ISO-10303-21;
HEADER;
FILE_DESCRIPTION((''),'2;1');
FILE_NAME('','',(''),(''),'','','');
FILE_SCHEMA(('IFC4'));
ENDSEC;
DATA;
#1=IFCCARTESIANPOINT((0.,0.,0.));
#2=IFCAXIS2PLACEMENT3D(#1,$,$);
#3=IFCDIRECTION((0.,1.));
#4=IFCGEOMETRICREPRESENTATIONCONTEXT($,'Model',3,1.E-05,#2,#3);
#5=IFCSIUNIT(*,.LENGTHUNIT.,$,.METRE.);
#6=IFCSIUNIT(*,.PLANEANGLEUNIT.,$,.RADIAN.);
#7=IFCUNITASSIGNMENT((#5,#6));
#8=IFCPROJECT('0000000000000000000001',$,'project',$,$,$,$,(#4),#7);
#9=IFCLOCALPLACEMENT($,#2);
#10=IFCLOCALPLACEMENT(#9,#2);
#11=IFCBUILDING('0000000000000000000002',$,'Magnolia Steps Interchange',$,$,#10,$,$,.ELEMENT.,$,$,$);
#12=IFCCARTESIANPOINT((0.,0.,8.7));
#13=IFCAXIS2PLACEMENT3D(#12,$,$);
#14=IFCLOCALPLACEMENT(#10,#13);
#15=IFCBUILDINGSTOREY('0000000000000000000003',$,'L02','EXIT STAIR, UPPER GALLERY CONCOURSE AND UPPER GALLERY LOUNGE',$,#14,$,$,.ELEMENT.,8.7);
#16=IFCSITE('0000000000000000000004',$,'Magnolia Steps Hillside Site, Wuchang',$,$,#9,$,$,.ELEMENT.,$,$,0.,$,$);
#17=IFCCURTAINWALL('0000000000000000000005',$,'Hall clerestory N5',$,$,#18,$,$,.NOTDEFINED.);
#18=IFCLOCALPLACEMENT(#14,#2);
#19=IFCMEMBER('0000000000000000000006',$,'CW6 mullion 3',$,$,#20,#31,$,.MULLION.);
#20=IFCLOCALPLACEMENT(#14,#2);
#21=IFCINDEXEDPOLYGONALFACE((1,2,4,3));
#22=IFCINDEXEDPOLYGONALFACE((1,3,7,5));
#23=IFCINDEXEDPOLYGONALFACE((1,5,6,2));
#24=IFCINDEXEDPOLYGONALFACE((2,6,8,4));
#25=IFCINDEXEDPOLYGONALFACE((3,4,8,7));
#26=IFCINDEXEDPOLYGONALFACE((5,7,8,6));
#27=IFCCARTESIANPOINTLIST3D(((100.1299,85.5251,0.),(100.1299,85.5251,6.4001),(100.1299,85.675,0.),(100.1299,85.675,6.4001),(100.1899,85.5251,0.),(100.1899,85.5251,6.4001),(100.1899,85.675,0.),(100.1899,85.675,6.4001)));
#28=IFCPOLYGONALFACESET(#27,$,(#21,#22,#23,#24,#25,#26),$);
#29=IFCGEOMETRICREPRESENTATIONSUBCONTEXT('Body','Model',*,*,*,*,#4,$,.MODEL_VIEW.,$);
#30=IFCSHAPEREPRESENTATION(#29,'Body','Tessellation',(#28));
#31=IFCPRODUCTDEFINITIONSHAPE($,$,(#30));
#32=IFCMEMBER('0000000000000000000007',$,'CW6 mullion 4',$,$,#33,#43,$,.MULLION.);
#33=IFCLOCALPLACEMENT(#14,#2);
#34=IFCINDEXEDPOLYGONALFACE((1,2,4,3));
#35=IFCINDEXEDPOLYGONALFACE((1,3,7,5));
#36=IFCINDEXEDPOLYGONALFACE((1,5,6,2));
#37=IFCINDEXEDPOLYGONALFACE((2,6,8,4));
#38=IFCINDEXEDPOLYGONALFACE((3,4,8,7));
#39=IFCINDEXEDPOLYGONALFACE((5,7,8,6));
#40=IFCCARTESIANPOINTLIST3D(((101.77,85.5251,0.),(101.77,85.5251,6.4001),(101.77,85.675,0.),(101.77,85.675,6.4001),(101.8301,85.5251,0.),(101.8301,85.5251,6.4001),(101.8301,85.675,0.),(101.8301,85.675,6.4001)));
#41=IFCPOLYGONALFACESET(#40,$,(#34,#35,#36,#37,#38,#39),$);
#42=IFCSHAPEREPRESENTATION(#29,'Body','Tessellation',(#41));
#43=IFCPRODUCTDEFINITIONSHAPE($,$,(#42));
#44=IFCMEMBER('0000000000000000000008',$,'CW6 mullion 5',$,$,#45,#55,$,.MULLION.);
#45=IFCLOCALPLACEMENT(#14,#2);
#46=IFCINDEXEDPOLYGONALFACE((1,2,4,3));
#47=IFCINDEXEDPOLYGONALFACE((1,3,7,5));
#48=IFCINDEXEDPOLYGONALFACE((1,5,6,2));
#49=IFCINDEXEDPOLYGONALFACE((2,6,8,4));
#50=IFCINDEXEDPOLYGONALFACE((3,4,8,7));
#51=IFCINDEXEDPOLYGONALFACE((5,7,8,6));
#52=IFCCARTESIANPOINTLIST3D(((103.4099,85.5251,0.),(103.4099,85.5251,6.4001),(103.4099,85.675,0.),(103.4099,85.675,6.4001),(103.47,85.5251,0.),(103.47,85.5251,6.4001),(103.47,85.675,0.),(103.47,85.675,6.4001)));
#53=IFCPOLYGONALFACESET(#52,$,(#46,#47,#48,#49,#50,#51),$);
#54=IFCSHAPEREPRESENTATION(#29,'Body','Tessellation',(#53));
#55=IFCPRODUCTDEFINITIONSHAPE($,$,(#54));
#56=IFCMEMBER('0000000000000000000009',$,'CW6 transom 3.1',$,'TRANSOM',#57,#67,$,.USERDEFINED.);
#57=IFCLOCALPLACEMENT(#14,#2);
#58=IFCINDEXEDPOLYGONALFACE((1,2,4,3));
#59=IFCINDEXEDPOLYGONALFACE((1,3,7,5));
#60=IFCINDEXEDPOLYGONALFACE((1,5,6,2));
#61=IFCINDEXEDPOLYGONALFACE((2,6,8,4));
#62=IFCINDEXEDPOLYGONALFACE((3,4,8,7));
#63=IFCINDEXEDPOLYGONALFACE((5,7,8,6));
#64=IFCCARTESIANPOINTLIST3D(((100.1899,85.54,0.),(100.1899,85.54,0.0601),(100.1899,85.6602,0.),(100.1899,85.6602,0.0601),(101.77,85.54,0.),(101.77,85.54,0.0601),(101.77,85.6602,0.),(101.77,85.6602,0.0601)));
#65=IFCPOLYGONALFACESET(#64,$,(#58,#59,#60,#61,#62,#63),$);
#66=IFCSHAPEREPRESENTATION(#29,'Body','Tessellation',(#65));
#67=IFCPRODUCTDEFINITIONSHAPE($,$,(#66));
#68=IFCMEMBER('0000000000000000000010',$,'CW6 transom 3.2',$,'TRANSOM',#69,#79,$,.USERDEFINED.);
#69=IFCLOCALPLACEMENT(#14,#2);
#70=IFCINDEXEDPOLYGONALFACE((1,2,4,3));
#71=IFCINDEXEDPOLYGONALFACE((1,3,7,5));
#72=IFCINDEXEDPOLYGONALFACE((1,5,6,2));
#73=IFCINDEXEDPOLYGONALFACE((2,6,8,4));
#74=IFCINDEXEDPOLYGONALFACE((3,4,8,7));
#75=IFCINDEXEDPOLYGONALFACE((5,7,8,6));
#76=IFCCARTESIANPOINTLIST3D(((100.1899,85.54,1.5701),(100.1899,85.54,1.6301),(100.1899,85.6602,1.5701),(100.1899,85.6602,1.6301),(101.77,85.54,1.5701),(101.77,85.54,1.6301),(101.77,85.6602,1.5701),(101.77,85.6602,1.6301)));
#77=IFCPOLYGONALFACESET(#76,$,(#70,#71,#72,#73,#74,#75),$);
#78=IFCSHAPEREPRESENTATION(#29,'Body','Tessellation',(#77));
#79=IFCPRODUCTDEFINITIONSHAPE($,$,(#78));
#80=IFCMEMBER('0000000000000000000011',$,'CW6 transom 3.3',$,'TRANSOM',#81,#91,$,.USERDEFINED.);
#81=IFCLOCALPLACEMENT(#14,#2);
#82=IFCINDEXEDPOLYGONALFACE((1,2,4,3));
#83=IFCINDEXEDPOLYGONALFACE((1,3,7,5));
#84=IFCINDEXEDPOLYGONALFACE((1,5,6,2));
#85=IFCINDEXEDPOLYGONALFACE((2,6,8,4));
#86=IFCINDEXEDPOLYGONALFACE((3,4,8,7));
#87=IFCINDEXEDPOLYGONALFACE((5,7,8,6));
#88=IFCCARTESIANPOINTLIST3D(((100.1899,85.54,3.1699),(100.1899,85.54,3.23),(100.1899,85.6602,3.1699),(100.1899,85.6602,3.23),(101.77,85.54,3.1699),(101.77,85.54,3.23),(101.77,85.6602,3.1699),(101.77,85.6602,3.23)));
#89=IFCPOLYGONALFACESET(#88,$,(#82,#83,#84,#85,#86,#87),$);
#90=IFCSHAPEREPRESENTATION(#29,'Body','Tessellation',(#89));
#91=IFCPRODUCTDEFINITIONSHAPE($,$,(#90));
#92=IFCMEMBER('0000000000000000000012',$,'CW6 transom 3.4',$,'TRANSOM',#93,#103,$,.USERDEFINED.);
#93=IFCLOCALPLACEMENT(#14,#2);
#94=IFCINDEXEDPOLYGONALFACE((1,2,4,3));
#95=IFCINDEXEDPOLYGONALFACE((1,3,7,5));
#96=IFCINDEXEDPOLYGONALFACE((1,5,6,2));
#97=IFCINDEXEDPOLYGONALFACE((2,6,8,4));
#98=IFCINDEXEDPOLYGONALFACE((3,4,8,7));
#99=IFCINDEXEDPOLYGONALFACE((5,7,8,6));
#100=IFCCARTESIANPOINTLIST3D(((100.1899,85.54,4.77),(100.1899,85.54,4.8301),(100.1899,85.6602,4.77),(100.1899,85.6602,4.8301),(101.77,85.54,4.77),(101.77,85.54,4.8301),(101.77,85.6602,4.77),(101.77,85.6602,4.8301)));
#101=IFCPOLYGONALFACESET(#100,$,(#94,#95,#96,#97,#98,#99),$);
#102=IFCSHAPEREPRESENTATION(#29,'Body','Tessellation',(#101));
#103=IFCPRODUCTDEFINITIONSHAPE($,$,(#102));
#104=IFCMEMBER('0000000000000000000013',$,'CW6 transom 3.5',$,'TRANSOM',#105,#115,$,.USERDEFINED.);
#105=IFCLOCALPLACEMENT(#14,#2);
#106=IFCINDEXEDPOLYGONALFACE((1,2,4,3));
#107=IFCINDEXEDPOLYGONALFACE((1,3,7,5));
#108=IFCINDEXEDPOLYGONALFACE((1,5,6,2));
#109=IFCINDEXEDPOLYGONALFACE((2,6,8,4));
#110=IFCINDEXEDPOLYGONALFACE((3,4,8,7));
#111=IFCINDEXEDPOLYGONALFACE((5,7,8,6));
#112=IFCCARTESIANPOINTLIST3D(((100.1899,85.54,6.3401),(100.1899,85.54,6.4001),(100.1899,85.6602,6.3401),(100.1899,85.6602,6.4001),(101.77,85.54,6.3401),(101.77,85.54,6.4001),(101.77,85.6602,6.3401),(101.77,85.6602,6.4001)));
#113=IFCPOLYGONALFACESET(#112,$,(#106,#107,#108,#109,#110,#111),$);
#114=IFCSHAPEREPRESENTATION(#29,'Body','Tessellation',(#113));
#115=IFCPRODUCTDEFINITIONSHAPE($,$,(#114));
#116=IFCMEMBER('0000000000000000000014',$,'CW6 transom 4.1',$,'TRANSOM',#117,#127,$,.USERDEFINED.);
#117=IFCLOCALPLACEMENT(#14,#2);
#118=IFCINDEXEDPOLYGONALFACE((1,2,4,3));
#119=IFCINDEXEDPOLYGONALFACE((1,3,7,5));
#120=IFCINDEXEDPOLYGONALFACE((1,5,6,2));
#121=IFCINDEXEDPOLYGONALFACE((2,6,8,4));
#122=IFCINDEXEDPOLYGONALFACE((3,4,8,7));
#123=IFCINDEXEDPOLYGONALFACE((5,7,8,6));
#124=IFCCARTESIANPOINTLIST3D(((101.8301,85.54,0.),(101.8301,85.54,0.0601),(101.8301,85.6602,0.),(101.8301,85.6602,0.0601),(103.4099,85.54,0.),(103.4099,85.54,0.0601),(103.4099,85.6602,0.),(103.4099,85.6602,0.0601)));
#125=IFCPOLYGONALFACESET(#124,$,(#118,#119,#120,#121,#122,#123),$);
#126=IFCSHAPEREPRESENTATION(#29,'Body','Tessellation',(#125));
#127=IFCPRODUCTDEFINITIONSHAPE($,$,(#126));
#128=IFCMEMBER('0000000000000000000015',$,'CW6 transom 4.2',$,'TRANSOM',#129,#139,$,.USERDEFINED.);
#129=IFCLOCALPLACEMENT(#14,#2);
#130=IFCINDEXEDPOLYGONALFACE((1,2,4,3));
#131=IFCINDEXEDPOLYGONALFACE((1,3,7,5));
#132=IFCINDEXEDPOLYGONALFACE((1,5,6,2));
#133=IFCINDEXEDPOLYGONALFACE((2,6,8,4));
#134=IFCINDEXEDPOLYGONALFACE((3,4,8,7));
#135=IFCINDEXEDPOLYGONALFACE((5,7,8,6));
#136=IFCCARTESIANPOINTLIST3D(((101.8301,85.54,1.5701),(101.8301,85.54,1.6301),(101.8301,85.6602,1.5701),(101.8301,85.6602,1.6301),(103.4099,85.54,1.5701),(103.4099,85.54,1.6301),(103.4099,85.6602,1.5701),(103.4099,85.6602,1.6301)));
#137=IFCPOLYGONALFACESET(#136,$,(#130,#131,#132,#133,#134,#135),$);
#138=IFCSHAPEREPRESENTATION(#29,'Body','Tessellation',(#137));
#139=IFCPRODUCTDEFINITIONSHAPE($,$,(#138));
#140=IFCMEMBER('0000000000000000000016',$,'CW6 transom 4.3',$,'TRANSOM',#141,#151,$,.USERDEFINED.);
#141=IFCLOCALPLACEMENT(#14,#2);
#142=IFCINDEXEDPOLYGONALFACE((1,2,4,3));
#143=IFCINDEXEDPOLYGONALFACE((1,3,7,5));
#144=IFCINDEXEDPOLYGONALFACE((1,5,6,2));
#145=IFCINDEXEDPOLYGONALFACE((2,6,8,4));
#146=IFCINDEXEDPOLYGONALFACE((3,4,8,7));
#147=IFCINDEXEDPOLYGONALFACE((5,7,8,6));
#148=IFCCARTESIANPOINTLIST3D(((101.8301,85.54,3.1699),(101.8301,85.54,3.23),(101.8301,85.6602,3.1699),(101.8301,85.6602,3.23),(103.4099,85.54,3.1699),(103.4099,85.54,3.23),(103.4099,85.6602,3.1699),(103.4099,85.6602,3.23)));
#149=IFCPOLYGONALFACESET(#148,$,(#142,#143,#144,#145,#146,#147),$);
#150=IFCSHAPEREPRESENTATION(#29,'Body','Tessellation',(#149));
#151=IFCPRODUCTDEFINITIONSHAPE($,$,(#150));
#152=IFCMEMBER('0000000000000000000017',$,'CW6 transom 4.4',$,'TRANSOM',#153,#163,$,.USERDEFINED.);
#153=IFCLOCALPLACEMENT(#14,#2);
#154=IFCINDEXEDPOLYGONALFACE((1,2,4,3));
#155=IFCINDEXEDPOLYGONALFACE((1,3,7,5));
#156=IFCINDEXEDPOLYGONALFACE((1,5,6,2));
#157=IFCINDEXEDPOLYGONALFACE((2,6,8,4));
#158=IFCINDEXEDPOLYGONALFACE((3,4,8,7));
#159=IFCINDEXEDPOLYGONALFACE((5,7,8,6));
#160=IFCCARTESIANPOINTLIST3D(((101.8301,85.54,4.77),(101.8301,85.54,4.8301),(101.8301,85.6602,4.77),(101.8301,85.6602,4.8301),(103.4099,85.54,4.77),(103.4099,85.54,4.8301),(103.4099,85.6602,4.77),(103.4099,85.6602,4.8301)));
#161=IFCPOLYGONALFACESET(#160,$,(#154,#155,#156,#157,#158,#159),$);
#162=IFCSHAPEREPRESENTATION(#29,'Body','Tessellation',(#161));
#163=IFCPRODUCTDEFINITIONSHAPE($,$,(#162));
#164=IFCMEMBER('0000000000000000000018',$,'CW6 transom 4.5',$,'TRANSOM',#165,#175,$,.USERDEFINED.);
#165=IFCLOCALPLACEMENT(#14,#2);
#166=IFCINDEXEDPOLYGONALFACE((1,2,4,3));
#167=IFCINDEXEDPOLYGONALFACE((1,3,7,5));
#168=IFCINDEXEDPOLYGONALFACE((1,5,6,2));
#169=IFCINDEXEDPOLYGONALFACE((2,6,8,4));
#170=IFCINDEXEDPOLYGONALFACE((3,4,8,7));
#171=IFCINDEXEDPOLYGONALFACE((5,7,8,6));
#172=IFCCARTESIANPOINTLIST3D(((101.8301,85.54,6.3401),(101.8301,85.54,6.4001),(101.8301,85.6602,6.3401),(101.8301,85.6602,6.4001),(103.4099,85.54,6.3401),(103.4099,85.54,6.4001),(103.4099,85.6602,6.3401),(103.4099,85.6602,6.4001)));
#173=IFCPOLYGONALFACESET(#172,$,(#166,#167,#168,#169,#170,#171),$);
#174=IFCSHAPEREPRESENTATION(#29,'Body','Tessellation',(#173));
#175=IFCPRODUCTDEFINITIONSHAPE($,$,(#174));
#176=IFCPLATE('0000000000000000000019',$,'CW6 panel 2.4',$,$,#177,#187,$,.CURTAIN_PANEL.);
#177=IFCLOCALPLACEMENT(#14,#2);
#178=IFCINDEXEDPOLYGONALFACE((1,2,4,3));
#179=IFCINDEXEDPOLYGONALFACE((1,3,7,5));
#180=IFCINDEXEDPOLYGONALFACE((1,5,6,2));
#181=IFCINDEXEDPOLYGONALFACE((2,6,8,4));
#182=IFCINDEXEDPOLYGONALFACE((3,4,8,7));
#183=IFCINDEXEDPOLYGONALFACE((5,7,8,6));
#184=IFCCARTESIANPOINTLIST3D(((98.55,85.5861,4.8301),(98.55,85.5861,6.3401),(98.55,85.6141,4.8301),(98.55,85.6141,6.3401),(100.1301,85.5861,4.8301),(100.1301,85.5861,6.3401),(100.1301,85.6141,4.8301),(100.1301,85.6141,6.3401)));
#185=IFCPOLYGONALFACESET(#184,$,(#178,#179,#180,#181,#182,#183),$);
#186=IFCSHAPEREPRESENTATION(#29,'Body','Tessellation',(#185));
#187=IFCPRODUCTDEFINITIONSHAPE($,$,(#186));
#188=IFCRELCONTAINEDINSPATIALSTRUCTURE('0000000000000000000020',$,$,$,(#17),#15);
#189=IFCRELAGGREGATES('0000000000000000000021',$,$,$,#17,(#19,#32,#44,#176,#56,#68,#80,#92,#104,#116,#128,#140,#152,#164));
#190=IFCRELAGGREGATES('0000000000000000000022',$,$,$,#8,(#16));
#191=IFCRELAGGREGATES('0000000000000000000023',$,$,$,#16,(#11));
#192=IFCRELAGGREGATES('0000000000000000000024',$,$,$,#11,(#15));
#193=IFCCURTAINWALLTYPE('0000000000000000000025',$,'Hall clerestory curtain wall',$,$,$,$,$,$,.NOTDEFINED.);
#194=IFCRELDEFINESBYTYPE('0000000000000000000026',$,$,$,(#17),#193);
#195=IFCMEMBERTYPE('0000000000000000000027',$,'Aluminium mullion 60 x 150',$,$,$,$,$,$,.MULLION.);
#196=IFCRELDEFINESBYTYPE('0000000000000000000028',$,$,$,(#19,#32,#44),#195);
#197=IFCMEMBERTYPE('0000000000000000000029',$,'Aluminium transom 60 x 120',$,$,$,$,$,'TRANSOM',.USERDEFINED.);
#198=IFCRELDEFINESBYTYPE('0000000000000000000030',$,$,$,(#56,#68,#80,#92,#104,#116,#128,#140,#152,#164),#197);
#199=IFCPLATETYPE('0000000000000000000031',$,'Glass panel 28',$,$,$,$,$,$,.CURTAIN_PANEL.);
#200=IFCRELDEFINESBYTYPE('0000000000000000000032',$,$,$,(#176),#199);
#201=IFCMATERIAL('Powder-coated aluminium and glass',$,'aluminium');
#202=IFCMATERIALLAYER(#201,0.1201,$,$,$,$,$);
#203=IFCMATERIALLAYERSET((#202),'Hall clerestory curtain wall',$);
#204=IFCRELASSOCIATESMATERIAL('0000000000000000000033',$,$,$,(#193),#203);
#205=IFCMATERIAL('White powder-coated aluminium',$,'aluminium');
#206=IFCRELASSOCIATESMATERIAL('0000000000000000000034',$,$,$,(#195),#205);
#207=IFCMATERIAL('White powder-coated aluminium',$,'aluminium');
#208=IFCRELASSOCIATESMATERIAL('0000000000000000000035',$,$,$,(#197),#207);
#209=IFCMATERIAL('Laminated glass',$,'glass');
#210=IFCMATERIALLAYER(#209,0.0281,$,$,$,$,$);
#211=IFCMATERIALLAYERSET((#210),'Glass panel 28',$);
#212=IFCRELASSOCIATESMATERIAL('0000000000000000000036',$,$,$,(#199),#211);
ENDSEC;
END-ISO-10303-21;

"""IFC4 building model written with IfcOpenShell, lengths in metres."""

from ifc_helpers import new_model, si_unit, direction, frame, origin, origin_2d, place, context, subcontext, project, spatial, rectangle, extrude, material, layer, layer_set, material_profile, profile_set, type_object, element, aggregate, save


model = new_model("IFC4")

# Units and contexts
model_context = context("Model", 3, precision=1e-05, world=origin(), true_north=direction((0.0, 1.0)))
body_context = subcontext(model_context, "Body", "Model", "MODEL_VIEW")
ifc_project = project(units=[si_unit("LENGTHUNIT", "METRE"), si_unit("PLANEANGLEUNIT", "RADIAN")], contexts=[model_context])

# Site, building, storey
site_placement = place(None, origin())
site = spatial("IfcSite", under=ifc_project, at=site_placement, Name="Magnolia Steps Hillside Site, Wuchang", CompositionType="ELEMENT", RefElevation=0.0)
building_placement = place(site_placement, origin())
building = spatial("IfcBuilding", under=site, at=building_placement, Name="Magnolia Steps Interchange", CompositionType="ELEMENT")
storey_placement = place(building_placement, frame((0.0, 0.0, 8.7)))
storey = spatial("IfcBuildingStorey", under=building, at=storey_placement, Name="L02", Description="EXIT STAIR, UPPER GALLERY CONCOURSE AND UPPER GALLERY LOUNGE", CompositionType="ELEMENT", Elevation=8.7)

# Curtain wall, members, plate
ifc_material_1 = material(Name="Powder-coated aluminium and glass", Category="aluminium")
ifc_layer_1 = layer(ifc_material_1, 0.1201)
ifc_layer_set_1 = layer_set([ifc_layer_1], Name="Hall clerestory curtain wall")
curtain_wall_type = type_object("IfcCurtainWallType", Name="Hall clerestory curtain wall", PredefinedType="NOTDEFINED", material=ifc_layer_set_1)
curtain_wall_placement = place(storey_placement, origin())
curtain_wall = element("IfcCurtainWall", 1, at=curtain_wall_placement, inside=storey, type_object=curtain_wall_type, Name="Hall clerestory N5", PredefinedType="NOTDEFINED")
ifc_material_2 = material(Name="White powder-coated aluminium", Category="aluminium")
ifc_material_profile_1 = material_profile(ifc_material_2, rectangle(XDim=0.0601, YDim=0.1499, at=origin_2d()), Name="Aluminium mullion 60 x 150")
ifc_profile_set_1 = profile_set([ifc_material_profile_1], Name="White powder-coated aluminium")
member_type_1 = type_object("IfcMemberType", Name="Aluminium mullion 60 x 150", PredefinedType="MULLION", material=ifc_profile_set_1)
member_1_placement = place(storey_placement, frame((100.1599, 85.6001, 0.0), z_axis=(0.0, 0.0, 1.0), x_axis=(1.0, 0.0, 0.0)))
member_1 = element("IfcMember", 2, at=member_1_placement, type_object=member_type_1, Name="CW6 mullion 3", PredefinedType="MULLION", context=body_context, shape_type="SweptSolid", body=[
    extrude(rectangle(XDim=0.0601, YDim=0.1499, at=origin_2d()), origin(), (0.0, 0.0, 1.0), 6.4001),
])
member_2_placement = place(storey_placement, frame((101.8, 85.6001, 0.0), z_axis=(0.0, 0.0, 1.0), x_axis=(1.0, 0.0, 0.0)))
member_2 = element("IfcMember", 3, at=member_2_placement, type_object=member_type_1, Name="CW6 mullion 4", PredefinedType="MULLION", context=body_context, shape_type="SweptSolid", body=[
    extrude(rectangle(XDim=0.0601, YDim=0.1499, at=origin_2d()), origin(), (0.0, 0.0, 1.0), 6.4001),
])
member_3_placement = place(storey_placement, frame((103.4399, 85.6001, 0.0), z_axis=(0.0, 0.0, 1.0), x_axis=(1.0, 0.0, 0.0)))
member_3 = element("IfcMember", 4, at=member_3_placement, type_object=member_type_1, Name="CW6 mullion 5", PredefinedType="MULLION", context=body_context, shape_type="SweptSolid", body=[
    extrude(rectangle(XDim=0.0601, YDim=0.1499, at=origin_2d()), origin(), (0.0, 0.0, 1.0), 6.4001),
])
ifc_material_3 = material(Name="White powder-coated aluminium", Category="aluminium")
ifc_material_profile_2 = material_profile(ifc_material_3, rectangle(XDim=0.0601, YDim=0.1201, at=origin_2d()), Name="Aluminium transom 60 x 120")
ifc_profile_set_2 = profile_set([ifc_material_profile_2], Name="White powder-coated aluminium")
member_type_2 = type_object("IfcMemberType", Name="Aluminium transom 60 x 120", ElementType="TRANSOM", PredefinedType="USERDEFINED", material=ifc_profile_set_2)
member_4_placement = place(storey_placement, frame((100.1899, 85.6001, 0.03), z_axis=(1.0, 0.0, 0.0), x_axis=(0.0, 0.0, 1.0)))
member_4 = element("IfcMember", 5, at=member_4_placement, type_object=member_type_2, Name="CW6 transom 3.1", ObjectType="TRANSOM", PredefinedType="USERDEFINED", context=body_context, shape_type="SweptSolid", body=[
    extrude(rectangle(XDim=0.0601, YDim=0.1201, at=origin_2d()), origin(), (0.0, 0.0, 1.0), 1.5801),
])
member_5_placement = place(storey_placement, frame((100.1899, 85.6001, 1.6001), z_axis=(1.0, 0.0, 0.0), x_axis=(0.0, 0.0, 1.0)))
member_5 = element("IfcMember", 6, at=member_5_placement, type_object=member_type_2, Name="CW6 transom 3.2", ObjectType="TRANSOM", PredefinedType="USERDEFINED", context=body_context, shape_type="SweptSolid", body=[
    extrude(rectangle(XDim=0.0601, YDim=0.1201, at=origin_2d()), origin(), (0.0, 0.0, 1.0), 1.5801),
])
member_6_placement = place(storey_placement, frame((100.1899, 85.6001, 3.2), z_axis=(1.0, 0.0, 0.0), x_axis=(0.0, 0.0, 1.0)))
member_6 = element("IfcMember", 7, at=member_6_placement, type_object=member_type_2, Name="CW6 transom 3.3", ObjectType="TRANSOM", PredefinedType="USERDEFINED", context=body_context, shape_type="SweptSolid", body=[
    extrude(rectangle(XDim=0.0601, YDim=0.1201, at=origin_2d()), origin(), (0.0, 0.0, 1.0), 1.5801),
])
member_7_placement = place(storey_placement, frame((100.1899, 85.6001, 4.8), z_axis=(1.0, 0.0, 0.0), x_axis=(0.0, 0.0, 1.0)))
member_7 = element("IfcMember", 8, at=member_7_placement, type_object=member_type_2, Name="CW6 transom 3.4", ObjectType="TRANSOM", PredefinedType="USERDEFINED", context=body_context, shape_type="SweptSolid", body=[
    extrude(rectangle(XDim=0.0601, YDim=0.1201, at=origin_2d()), origin(), (0.0, 0.0, 1.0), 1.5801),
])
member_8_placement = place(storey_placement, frame((100.1899, 85.6001, 6.3701), z_axis=(1.0, 0.0, 0.0), x_axis=(0.0, 0.0, 1.0)))
member_8 = element("IfcMember", 9, at=member_8_placement, type_object=member_type_2, Name="CW6 transom 3.5", ObjectType="TRANSOM", PredefinedType="USERDEFINED", context=body_context, shape_type="SweptSolid", body=[
    extrude(rectangle(XDim=0.0601, YDim=0.1201, at=origin_2d()), origin(), (0.0, 0.0, 1.0), 1.5801),
])
member_9_placement = place(storey_placement, frame((101.8301, 85.6001, 0.03), z_axis=(1.0, 0.0, 0.0), x_axis=(0.0, 0.0, 1.0)))
member_9 = element("IfcMember", 10, at=member_9_placement, type_object=member_type_2, Name="CW6 transom 4.1", ObjectType="TRANSOM", PredefinedType="USERDEFINED", context=body_context, shape_type="SweptSolid", body=[
    extrude(rectangle(XDim=0.0601, YDim=0.1201, at=origin_2d()), origin(), (0.0, 0.0, 1.0), 1.5798),
])
member_10_placement = place(storey_placement, frame((101.8301, 85.6001, 1.6001), z_axis=(1.0, 0.0, 0.0), x_axis=(0.0, 0.0, 1.0)))
member_10 = element("IfcMember", 11, at=member_10_placement, type_object=member_type_2, Name="CW6 transom 4.2", ObjectType="TRANSOM", PredefinedType="USERDEFINED", context=body_context, shape_type="SweptSolid", body=[
    extrude(rectangle(XDim=0.0601, YDim=0.1201, at=origin_2d()), origin(), (0.0, 0.0, 1.0), 1.5798),
])
member_11_placement = place(storey_placement, frame((101.8301, 85.6001, 3.2), z_axis=(1.0, 0.0, 0.0), x_axis=(0.0, 0.0, 1.0)))
member_11 = element("IfcMember", 12, at=member_11_placement, type_object=member_type_2, Name="CW6 transom 4.3", ObjectType="TRANSOM", PredefinedType="USERDEFINED", context=body_context, shape_type="SweptSolid", body=[
    extrude(rectangle(XDim=0.0601, YDim=0.1201, at=origin_2d()), origin(), (0.0, 0.0, 1.0), 1.5798),
])
member_12_placement = place(storey_placement, frame((101.8301, 85.6001, 4.8), z_axis=(1.0, 0.0, 0.0), x_axis=(0.0, 0.0, 1.0)))
member_12 = element("IfcMember", 13, at=member_12_placement, type_object=member_type_2, Name="CW6 transom 4.4", ObjectType="TRANSOM", PredefinedType="USERDEFINED", context=body_context, shape_type="SweptSolid", body=[
    extrude(rectangle(XDim=0.0601, YDim=0.1201, at=origin_2d()), origin(), (0.0, 0.0, 1.0), 1.5798),
])
member_13_placement = place(storey_placement, frame((101.8301, 85.6001, 6.3701), z_axis=(1.0, 0.0, 0.0), x_axis=(0.0, 0.0, 1.0)))
member_13 = element("IfcMember", 14, at=member_13_placement, type_object=member_type_2, Name="CW6 transom 4.5", ObjectType="TRANSOM", PredefinedType="USERDEFINED", context=body_context, shape_type="SweptSolid", body=[
    extrude(rectangle(XDim=0.0601, YDim=0.1201, at=origin_2d()), origin(), (0.0, 0.0, 1.0), 1.5798),
])
ifc_material_4 = material(Name="Laminated glass", Category="glass")
ifc_layer_2 = layer(ifc_material_4, 0.0281)
ifc_layer_set_2 = layer_set([ifc_layer_2], Name="Glass panel 28")
plate_type = type_object("IfcPlateType", Name="Glass panel 28", PredefinedType="CURTAIN_PANEL", material=ifc_layer_set_2)
plate_1_placement = place(storey_placement, frame((99.3401, 85.6001, 4.8301), z_axis=(0.0, 0.0, 1.0), x_axis=(1.0, 0.0, 0.0)))
plate_1 = element("IfcPlate", 15, at=plate_1_placement, type_object=plate_type, Name="CW6 panel 2.4", PredefinedType="CURTAIN_PANEL", context=body_context, shape_type="SweptSolid", body=[
    extrude(rectangle(XDim=1.5801, YDim=0.0281, at=origin_2d()), origin(), (0.0, 0.0, 1.0), 1.51),
])
aggregate(curtain_wall, [member_1, member_2, member_3, plate_1, member_4, member_5, member_6, member_7, member_8, member_9, member_10, member_11, member_12, member_13])

save(model, "model.ifc")
